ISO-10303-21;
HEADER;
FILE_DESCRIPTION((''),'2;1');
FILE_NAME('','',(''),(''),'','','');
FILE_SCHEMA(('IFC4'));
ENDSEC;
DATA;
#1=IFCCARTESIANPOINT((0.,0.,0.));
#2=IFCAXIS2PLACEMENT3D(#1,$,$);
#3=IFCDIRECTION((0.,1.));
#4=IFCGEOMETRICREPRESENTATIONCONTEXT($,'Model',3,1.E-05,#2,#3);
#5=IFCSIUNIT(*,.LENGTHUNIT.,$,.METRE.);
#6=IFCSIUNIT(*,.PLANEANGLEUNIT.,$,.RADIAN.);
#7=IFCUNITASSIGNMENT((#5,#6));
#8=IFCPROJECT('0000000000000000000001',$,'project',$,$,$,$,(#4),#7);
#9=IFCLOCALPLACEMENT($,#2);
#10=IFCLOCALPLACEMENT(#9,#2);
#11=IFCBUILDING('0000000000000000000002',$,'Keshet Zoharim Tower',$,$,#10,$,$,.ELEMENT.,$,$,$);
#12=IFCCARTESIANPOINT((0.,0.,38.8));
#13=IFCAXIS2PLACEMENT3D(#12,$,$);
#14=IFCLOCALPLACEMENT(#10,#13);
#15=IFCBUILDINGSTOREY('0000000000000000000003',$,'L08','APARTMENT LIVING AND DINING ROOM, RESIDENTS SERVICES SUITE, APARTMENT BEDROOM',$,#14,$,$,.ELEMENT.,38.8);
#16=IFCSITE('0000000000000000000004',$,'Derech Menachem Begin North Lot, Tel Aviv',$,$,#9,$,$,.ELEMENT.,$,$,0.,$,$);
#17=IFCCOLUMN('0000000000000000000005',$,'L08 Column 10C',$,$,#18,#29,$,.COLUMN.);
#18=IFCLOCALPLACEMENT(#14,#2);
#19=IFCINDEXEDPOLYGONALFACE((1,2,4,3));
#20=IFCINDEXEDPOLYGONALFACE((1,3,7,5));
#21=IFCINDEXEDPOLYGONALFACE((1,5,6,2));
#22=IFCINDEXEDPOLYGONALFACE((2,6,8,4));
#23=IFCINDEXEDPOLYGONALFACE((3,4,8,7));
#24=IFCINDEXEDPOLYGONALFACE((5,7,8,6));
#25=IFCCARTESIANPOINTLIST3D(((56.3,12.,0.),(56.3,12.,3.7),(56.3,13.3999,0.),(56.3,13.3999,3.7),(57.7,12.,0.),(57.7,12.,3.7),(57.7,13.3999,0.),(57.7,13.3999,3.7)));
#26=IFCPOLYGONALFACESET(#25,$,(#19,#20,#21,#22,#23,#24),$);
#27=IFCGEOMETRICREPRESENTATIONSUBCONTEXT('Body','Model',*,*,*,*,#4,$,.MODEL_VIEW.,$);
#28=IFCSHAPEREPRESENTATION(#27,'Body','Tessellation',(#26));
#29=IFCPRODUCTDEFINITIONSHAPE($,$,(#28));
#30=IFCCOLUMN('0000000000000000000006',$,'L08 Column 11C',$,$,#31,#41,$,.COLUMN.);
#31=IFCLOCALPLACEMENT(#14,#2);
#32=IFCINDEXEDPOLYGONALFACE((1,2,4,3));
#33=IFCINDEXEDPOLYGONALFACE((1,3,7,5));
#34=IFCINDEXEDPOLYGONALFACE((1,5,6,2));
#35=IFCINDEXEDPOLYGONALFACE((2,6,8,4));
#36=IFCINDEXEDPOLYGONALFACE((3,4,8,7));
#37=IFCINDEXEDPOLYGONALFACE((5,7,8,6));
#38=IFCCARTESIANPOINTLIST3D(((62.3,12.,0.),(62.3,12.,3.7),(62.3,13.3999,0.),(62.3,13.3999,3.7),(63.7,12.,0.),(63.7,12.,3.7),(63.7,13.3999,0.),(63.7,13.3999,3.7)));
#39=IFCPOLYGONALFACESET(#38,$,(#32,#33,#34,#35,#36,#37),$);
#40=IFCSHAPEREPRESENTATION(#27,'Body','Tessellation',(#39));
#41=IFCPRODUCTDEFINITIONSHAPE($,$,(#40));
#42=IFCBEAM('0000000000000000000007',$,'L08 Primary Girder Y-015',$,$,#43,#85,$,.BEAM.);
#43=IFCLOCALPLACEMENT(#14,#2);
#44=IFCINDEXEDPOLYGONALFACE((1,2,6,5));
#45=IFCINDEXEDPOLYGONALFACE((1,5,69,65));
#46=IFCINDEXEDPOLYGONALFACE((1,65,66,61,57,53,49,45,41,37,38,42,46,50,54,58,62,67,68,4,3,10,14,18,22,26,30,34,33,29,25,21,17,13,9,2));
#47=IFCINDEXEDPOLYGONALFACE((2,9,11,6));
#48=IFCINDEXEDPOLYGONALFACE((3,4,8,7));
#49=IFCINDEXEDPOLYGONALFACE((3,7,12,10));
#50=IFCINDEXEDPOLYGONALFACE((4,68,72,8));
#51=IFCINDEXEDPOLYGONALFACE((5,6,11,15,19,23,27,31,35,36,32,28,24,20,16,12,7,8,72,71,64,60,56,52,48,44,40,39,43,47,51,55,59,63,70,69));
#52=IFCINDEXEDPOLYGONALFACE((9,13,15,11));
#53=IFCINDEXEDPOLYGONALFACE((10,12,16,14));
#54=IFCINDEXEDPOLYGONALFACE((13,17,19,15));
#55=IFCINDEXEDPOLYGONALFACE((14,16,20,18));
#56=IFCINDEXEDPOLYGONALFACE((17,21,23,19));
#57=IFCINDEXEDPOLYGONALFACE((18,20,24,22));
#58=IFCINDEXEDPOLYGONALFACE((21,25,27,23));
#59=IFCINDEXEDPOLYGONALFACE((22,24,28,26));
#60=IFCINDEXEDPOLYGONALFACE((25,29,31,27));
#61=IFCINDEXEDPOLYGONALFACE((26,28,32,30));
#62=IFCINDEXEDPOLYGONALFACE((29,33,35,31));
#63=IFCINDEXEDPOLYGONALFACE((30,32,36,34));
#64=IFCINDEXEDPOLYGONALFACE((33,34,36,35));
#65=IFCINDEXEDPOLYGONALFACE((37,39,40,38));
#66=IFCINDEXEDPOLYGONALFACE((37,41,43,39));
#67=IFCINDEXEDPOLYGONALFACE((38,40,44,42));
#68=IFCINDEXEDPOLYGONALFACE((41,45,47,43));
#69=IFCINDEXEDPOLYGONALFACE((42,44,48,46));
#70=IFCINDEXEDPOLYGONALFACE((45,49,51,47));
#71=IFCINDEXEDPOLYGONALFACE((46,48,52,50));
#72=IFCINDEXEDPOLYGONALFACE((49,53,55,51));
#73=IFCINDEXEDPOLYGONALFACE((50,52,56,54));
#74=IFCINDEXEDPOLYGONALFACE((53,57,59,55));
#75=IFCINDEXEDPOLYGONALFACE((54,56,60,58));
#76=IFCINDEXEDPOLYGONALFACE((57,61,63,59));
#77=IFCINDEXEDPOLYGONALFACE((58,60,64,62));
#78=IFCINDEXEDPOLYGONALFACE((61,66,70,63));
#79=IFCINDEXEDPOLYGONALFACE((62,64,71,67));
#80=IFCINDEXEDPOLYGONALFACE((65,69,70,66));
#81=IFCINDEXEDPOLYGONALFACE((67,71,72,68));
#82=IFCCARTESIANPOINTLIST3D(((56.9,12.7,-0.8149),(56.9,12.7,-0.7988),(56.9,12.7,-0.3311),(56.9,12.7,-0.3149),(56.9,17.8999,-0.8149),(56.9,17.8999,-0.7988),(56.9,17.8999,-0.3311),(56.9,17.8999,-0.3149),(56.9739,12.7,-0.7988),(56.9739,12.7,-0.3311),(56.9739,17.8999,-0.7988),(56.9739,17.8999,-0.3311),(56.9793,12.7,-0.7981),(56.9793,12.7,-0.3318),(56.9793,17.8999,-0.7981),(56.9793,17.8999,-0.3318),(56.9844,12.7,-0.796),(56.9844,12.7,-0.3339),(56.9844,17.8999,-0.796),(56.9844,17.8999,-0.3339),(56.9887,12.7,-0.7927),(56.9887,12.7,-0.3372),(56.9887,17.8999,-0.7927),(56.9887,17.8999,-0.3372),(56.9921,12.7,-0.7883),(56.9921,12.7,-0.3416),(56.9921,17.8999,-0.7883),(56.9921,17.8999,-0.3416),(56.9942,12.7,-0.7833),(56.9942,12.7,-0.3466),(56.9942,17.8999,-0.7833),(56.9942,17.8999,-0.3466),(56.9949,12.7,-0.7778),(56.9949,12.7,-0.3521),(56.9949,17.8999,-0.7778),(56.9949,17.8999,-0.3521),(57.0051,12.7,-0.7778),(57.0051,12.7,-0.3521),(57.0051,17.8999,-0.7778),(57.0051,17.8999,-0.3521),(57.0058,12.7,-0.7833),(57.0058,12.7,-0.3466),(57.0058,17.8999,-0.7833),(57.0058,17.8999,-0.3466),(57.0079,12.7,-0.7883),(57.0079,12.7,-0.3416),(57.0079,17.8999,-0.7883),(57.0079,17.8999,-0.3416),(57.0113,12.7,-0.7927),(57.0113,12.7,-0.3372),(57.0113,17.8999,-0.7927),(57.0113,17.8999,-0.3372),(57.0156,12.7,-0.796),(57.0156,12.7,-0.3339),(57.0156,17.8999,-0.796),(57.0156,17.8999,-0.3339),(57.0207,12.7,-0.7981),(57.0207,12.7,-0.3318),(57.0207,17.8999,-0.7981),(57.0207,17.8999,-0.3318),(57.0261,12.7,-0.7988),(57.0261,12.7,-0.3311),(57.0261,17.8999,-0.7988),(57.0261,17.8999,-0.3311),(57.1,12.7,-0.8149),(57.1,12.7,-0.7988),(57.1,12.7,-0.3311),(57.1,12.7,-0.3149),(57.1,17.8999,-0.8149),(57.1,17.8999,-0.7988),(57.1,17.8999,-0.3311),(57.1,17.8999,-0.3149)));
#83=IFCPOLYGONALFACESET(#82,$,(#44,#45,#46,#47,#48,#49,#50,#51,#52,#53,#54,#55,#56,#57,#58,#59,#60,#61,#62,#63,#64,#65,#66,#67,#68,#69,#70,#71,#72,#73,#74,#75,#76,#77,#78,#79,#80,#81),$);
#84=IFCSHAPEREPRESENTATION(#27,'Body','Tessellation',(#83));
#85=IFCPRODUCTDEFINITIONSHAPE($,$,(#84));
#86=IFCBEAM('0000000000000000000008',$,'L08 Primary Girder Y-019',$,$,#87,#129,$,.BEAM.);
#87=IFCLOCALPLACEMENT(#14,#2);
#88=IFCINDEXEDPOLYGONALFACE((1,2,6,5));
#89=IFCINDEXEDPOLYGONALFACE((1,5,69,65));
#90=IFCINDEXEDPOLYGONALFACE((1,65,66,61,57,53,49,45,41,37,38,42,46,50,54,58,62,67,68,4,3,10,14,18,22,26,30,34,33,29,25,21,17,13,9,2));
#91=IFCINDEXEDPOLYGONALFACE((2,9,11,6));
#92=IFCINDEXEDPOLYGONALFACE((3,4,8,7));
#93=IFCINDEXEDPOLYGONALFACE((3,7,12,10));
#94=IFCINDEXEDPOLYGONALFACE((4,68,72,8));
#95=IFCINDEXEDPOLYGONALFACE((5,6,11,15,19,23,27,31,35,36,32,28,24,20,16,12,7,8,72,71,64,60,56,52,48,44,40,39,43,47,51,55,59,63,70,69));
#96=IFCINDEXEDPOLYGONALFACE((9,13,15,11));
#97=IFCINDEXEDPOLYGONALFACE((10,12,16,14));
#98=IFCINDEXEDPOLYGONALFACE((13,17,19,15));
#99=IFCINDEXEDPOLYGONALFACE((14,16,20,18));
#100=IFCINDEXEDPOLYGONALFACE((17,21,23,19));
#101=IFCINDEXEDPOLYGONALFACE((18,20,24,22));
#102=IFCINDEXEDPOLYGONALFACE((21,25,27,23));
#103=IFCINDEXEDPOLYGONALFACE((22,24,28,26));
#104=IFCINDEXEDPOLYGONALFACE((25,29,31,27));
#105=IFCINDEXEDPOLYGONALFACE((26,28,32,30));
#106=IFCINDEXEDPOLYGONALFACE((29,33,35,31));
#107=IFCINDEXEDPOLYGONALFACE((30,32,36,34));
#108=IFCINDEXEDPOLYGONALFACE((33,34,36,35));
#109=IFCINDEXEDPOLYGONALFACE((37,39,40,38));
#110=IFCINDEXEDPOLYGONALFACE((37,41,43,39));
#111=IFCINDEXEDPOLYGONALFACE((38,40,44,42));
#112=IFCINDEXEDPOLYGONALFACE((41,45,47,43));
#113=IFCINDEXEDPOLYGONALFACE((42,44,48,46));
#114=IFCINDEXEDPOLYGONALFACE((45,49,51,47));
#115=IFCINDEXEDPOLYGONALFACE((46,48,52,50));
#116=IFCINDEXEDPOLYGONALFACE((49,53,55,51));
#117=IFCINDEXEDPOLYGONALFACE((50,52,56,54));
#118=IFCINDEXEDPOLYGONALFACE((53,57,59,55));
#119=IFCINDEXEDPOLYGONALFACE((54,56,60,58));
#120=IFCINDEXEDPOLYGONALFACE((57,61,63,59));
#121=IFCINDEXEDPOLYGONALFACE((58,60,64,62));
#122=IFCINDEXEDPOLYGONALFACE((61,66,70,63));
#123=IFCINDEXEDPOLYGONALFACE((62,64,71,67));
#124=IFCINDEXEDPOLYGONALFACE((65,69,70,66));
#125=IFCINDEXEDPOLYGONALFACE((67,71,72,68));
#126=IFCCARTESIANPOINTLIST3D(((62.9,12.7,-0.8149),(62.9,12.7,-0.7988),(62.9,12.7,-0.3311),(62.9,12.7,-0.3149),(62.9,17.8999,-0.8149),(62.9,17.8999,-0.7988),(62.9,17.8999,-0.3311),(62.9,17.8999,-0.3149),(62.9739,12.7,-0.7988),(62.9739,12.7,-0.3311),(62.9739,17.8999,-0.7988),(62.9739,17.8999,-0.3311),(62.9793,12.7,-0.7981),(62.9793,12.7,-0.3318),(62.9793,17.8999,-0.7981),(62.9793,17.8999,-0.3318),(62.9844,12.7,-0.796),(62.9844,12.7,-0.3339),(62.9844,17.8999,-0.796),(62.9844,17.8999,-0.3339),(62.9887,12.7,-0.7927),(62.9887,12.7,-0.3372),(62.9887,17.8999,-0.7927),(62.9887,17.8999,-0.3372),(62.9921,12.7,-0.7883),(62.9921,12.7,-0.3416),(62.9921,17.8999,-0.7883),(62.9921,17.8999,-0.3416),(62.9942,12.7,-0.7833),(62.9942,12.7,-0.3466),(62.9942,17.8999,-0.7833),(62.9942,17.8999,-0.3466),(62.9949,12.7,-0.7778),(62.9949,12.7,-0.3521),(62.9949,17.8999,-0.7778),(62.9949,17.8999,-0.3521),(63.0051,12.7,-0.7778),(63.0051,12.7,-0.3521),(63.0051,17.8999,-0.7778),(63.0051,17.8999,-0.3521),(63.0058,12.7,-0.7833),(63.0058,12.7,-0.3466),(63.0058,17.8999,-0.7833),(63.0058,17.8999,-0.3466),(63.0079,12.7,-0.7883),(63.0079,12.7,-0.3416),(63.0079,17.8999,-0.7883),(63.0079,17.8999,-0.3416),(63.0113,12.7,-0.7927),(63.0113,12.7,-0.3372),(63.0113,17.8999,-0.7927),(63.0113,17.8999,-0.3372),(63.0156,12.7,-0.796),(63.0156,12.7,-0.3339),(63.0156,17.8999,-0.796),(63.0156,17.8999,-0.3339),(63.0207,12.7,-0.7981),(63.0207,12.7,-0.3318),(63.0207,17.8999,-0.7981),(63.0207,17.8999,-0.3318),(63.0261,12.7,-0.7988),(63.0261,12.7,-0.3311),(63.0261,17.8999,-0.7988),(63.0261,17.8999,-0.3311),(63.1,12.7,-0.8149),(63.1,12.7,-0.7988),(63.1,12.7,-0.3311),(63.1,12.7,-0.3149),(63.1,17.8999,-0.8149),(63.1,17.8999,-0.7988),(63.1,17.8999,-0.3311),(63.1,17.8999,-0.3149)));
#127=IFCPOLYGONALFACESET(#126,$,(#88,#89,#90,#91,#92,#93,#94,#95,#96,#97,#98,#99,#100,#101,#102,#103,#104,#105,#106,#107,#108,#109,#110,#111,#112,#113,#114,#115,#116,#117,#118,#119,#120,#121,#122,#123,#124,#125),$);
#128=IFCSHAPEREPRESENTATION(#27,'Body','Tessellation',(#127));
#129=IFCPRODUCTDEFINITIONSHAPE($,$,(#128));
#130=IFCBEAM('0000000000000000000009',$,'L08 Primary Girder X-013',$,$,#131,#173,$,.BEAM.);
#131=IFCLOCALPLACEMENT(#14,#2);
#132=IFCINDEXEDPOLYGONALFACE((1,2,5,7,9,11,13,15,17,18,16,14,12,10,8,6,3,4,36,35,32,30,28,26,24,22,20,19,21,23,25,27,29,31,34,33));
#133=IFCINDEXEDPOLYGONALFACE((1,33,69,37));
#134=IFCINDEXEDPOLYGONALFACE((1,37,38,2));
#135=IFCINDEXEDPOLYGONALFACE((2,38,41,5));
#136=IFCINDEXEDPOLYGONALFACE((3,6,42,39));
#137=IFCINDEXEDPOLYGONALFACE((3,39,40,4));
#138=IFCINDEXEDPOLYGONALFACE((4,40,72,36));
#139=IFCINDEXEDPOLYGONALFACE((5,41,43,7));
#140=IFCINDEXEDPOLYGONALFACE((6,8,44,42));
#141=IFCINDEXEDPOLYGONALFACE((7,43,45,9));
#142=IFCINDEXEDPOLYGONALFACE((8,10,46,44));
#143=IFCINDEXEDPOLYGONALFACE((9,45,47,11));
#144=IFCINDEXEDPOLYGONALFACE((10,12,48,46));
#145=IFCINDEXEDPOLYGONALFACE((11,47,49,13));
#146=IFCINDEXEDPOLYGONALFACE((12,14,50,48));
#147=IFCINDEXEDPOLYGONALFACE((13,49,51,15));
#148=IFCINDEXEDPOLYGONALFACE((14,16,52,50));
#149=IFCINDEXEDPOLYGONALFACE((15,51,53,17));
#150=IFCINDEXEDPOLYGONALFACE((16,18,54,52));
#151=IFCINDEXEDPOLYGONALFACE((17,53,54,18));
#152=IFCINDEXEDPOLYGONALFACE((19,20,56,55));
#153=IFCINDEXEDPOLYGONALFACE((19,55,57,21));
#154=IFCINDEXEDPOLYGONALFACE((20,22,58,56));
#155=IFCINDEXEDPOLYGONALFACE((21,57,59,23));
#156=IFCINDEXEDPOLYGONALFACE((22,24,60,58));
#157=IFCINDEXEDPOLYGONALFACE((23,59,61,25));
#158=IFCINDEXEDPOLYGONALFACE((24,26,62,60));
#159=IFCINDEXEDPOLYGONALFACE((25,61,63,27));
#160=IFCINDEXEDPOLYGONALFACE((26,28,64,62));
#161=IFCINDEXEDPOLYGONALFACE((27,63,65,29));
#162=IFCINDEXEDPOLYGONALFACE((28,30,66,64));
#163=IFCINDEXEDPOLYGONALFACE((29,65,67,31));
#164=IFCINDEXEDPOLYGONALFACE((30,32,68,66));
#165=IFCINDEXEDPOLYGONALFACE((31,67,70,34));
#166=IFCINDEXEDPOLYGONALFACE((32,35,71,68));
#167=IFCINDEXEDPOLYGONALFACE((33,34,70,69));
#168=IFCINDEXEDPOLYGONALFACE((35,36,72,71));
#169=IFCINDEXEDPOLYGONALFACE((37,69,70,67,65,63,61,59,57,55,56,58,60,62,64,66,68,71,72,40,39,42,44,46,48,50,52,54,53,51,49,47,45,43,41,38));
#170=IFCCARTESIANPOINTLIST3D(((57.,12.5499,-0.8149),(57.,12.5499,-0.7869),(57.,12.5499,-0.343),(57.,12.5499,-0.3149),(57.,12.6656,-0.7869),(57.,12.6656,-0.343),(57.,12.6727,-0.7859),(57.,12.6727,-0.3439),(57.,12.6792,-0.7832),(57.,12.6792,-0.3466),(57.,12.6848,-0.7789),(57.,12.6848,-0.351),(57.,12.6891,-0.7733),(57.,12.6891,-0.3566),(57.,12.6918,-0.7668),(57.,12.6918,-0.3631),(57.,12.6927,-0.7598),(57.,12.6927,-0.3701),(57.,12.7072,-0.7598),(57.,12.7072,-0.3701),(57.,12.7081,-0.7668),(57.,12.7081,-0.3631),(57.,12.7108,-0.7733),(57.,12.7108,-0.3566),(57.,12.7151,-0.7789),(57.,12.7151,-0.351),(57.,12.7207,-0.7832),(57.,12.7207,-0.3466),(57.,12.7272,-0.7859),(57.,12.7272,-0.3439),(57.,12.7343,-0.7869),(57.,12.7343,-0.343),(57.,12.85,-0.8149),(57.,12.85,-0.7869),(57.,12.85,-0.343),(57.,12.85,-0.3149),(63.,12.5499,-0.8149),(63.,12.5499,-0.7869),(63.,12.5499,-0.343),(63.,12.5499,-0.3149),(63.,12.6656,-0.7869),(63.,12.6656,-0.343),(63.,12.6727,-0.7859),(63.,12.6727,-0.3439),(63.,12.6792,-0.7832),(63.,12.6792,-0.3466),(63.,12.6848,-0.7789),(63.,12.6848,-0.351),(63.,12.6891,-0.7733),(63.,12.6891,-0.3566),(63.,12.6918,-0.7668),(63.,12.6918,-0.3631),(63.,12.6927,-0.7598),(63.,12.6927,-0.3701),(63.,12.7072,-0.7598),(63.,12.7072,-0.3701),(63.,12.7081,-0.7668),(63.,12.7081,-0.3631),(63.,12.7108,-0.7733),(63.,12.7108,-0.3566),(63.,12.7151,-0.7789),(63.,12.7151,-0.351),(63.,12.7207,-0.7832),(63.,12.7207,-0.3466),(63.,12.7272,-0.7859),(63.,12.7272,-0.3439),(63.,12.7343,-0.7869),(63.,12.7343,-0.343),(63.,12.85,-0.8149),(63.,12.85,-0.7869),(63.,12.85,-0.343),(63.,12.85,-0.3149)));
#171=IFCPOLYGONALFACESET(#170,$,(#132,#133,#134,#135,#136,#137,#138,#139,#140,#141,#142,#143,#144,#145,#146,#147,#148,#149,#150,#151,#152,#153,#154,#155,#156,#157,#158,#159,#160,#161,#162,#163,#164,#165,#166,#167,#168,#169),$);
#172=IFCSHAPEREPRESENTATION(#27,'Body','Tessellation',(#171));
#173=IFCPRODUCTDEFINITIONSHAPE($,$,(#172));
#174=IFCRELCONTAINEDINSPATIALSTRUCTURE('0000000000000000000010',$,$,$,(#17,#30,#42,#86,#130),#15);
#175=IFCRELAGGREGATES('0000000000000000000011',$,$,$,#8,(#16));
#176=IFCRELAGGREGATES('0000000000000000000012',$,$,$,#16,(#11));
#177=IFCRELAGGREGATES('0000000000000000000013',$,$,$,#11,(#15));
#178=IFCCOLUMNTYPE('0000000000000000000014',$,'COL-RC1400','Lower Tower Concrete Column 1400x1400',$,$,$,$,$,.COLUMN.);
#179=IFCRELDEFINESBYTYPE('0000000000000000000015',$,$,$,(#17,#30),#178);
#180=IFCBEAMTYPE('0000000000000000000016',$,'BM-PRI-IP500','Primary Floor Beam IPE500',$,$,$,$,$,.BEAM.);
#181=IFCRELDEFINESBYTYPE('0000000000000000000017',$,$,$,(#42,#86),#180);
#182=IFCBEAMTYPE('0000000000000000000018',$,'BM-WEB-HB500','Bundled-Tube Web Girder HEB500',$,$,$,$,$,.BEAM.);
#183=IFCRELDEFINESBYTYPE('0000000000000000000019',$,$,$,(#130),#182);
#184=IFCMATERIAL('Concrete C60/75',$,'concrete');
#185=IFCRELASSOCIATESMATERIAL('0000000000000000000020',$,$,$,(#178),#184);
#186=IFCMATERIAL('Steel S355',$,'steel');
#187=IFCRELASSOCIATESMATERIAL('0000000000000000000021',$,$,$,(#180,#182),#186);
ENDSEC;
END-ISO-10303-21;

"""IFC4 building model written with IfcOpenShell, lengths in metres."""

from ifc_helpers import new_model, si_unit, direction, frame, origin, origin_2d, place, context, subcontext, project, spatial, rectangle, i_section, extrude, material, material_profile, profile_set, type_object, element, save


model = new_model("IFC4")

# Units and contexts
model_context = context("Model", 3, precision=1e-05, world=origin(), true_north=direction((0.0, 1.0)))
body_context = subcontext(model_context, "Body", "Model", "MODEL_VIEW")
ifc_project = project(units=[si_unit("LENGTHUNIT", "METRE"), si_unit("PLANEANGLEUNIT", "RADIAN")], contexts=[model_context])

# Site, building, storey
site_placement = place(None, origin())
site = spatial("IfcSite", under=ifc_project, at=site_placement, Name="Derech Menachem Begin North Lot, Tel Aviv", CompositionType="ELEMENT", RefElevation=0.0)
building_placement = place(site_placement, origin())
building = spatial("IfcBuilding", under=site, at=building_placement, Name="Keshet Zoharim Tower", CompositionType="ELEMENT")
storey_placement = place(building_placement, frame((0.0, 0.0, 38.8)))
storey = spatial("IfcBuildingStorey", under=building, at=storey_placement, Name="L08", Description="APARTMENT LIVING AND DINING ROOM, RESIDENTS SERVICES SUITE, APARTMENT BEDROOM", CompositionType="ELEMENT", Elevation=38.8)

# Columns
ifc_material_1 = material(Name="Concrete C60/75", Category="concrete")
ifc_material_profile_1 = material_profile(ifc_material_1, rectangle(XDim=1.3999, YDim=1.3999, at=origin_2d()), Name="RC1400x1400")
ifc_profile_set_1 = profile_set([ifc_material_profile_1], Name="Concrete C60/75")
column_type = type_object("IfcColumnType", Name="COL-RC1400", Description="Lower Tower Concrete Column 1400x1400", PredefinedType="COLUMN", material=ifc_profile_set_1)
for number, where, z_axis, x_axis, name in (
    (1, (57.0, 12.7, 0.0), (0.0, 0.0, 1.0), (1.0, 0.0, 0.0), "L08 Column 10C"),
    (2, (63.0, 12.7, 0.0), (0.0, 0.0, 1.0), (1.0, 0.0, 0.0), "L08 Column 11C"),
):
    element("IfcColumn", number, at=place(storey_placement, frame(where, z_axis=z_axis, x_axis=x_axis)), inside=storey, type_object=column_type, Name=name, PredefinedType="COLUMN", context=body_context, shape_type="SweptSolid", body=[
        extrude(rectangle(XDim=1.3999, YDim=1.3999, at=origin_2d()), origin(), (0.0, 0.0, 1.0), 3.7),
    ])

# Beams
ifc_material_2 = material(Name="Steel S355", Category="steel")
ifc_material_profile_2 = material_profile(ifc_material_2, i_section(OverallWidth=0.2, OverallDepth=0.5, WebThickness=0.0103, FlangeThickness=0.0161, FilletRadius=0.021, at=origin_2d()), Name="IPE500")
ifc_profile_set_2 = profile_set([ifc_material_profile_2], Name="Steel S355")
beam_type_1 = type_object("IfcBeamType", Name="BM-PRI-IP500", Description="Primary Floor Beam IPE500", PredefinedType="BEAM", material=ifc_profile_set_2)
for number, where, z_axis, x_axis, name in (
    (3, (57.0, 12.7, -0.5649), (0.0, 1.0, 0.0), (-1.0, 0.0, 0.0), "L08 Primary Girder Y-015"),
    (4, (63.0, 12.7, -0.5649), (0.0, 1.0, 0.0), (-1.0, 0.0, 0.0), "L08 Primary Girder Y-019"),
):
    element("IfcBeam", number, at=place(storey_placement, frame(where, z_axis=z_axis, x_axis=x_axis)), inside=storey, type_object=beam_type_1, Name=name, PredefinedType="BEAM", context=body_context, shape_type="SweptSolid", body=[
        extrude(i_section(OverallWidth=0.2, OverallDepth=0.5, WebThickness=0.0103, FlangeThickness=0.0161, FilletRadius=0.021, at=origin_2d()), origin(), (0.0, 0.0, 1.0), 5.2),
    ])
ifc_material_profile_3 = material_profile(ifc_material_2, i_section(OverallWidth=0.3, OverallDepth=0.5, WebThickness=0.0144, FlangeThickness=0.0281, FilletRadius=0.0271, at=origin_2d()), Name="HEB500")
ifc_profile_set_3 = profile_set([ifc_material_profile_3], Name="Steel S355")
beam_type_2 = type_object("IfcBeamType", Name="BM-WEB-HB500", Description="Bundled-Tube Web Girder HEB500", PredefinedType="BEAM", material=ifc_profile_set_3)
for number, where, z_axis, x_axis, name in (
    (5, (57.0, 12.7, -0.5649), (1.0, 0.0, 0.0), (0.0, 1.0, 0.0), "L08 Primary Girder X-013"),
):
    element("IfcBeam", number, at=place(storey_placement, frame(where, z_axis=z_axis, x_axis=x_axis)), inside=storey, type_object=beam_type_2, Name=name, PredefinedType="BEAM", context=body_context, shape_type="SweptSolid", body=[
        extrude(i_section(OverallWidth=0.3, OverallDepth=0.5, WebThickness=0.0144, FlangeThickness=0.0281, FilletRadius=0.0271, at=origin_2d()), origin(), (0.0, 0.0, 1.0), 6.0),
    ])

save(model, "model.ifc")
